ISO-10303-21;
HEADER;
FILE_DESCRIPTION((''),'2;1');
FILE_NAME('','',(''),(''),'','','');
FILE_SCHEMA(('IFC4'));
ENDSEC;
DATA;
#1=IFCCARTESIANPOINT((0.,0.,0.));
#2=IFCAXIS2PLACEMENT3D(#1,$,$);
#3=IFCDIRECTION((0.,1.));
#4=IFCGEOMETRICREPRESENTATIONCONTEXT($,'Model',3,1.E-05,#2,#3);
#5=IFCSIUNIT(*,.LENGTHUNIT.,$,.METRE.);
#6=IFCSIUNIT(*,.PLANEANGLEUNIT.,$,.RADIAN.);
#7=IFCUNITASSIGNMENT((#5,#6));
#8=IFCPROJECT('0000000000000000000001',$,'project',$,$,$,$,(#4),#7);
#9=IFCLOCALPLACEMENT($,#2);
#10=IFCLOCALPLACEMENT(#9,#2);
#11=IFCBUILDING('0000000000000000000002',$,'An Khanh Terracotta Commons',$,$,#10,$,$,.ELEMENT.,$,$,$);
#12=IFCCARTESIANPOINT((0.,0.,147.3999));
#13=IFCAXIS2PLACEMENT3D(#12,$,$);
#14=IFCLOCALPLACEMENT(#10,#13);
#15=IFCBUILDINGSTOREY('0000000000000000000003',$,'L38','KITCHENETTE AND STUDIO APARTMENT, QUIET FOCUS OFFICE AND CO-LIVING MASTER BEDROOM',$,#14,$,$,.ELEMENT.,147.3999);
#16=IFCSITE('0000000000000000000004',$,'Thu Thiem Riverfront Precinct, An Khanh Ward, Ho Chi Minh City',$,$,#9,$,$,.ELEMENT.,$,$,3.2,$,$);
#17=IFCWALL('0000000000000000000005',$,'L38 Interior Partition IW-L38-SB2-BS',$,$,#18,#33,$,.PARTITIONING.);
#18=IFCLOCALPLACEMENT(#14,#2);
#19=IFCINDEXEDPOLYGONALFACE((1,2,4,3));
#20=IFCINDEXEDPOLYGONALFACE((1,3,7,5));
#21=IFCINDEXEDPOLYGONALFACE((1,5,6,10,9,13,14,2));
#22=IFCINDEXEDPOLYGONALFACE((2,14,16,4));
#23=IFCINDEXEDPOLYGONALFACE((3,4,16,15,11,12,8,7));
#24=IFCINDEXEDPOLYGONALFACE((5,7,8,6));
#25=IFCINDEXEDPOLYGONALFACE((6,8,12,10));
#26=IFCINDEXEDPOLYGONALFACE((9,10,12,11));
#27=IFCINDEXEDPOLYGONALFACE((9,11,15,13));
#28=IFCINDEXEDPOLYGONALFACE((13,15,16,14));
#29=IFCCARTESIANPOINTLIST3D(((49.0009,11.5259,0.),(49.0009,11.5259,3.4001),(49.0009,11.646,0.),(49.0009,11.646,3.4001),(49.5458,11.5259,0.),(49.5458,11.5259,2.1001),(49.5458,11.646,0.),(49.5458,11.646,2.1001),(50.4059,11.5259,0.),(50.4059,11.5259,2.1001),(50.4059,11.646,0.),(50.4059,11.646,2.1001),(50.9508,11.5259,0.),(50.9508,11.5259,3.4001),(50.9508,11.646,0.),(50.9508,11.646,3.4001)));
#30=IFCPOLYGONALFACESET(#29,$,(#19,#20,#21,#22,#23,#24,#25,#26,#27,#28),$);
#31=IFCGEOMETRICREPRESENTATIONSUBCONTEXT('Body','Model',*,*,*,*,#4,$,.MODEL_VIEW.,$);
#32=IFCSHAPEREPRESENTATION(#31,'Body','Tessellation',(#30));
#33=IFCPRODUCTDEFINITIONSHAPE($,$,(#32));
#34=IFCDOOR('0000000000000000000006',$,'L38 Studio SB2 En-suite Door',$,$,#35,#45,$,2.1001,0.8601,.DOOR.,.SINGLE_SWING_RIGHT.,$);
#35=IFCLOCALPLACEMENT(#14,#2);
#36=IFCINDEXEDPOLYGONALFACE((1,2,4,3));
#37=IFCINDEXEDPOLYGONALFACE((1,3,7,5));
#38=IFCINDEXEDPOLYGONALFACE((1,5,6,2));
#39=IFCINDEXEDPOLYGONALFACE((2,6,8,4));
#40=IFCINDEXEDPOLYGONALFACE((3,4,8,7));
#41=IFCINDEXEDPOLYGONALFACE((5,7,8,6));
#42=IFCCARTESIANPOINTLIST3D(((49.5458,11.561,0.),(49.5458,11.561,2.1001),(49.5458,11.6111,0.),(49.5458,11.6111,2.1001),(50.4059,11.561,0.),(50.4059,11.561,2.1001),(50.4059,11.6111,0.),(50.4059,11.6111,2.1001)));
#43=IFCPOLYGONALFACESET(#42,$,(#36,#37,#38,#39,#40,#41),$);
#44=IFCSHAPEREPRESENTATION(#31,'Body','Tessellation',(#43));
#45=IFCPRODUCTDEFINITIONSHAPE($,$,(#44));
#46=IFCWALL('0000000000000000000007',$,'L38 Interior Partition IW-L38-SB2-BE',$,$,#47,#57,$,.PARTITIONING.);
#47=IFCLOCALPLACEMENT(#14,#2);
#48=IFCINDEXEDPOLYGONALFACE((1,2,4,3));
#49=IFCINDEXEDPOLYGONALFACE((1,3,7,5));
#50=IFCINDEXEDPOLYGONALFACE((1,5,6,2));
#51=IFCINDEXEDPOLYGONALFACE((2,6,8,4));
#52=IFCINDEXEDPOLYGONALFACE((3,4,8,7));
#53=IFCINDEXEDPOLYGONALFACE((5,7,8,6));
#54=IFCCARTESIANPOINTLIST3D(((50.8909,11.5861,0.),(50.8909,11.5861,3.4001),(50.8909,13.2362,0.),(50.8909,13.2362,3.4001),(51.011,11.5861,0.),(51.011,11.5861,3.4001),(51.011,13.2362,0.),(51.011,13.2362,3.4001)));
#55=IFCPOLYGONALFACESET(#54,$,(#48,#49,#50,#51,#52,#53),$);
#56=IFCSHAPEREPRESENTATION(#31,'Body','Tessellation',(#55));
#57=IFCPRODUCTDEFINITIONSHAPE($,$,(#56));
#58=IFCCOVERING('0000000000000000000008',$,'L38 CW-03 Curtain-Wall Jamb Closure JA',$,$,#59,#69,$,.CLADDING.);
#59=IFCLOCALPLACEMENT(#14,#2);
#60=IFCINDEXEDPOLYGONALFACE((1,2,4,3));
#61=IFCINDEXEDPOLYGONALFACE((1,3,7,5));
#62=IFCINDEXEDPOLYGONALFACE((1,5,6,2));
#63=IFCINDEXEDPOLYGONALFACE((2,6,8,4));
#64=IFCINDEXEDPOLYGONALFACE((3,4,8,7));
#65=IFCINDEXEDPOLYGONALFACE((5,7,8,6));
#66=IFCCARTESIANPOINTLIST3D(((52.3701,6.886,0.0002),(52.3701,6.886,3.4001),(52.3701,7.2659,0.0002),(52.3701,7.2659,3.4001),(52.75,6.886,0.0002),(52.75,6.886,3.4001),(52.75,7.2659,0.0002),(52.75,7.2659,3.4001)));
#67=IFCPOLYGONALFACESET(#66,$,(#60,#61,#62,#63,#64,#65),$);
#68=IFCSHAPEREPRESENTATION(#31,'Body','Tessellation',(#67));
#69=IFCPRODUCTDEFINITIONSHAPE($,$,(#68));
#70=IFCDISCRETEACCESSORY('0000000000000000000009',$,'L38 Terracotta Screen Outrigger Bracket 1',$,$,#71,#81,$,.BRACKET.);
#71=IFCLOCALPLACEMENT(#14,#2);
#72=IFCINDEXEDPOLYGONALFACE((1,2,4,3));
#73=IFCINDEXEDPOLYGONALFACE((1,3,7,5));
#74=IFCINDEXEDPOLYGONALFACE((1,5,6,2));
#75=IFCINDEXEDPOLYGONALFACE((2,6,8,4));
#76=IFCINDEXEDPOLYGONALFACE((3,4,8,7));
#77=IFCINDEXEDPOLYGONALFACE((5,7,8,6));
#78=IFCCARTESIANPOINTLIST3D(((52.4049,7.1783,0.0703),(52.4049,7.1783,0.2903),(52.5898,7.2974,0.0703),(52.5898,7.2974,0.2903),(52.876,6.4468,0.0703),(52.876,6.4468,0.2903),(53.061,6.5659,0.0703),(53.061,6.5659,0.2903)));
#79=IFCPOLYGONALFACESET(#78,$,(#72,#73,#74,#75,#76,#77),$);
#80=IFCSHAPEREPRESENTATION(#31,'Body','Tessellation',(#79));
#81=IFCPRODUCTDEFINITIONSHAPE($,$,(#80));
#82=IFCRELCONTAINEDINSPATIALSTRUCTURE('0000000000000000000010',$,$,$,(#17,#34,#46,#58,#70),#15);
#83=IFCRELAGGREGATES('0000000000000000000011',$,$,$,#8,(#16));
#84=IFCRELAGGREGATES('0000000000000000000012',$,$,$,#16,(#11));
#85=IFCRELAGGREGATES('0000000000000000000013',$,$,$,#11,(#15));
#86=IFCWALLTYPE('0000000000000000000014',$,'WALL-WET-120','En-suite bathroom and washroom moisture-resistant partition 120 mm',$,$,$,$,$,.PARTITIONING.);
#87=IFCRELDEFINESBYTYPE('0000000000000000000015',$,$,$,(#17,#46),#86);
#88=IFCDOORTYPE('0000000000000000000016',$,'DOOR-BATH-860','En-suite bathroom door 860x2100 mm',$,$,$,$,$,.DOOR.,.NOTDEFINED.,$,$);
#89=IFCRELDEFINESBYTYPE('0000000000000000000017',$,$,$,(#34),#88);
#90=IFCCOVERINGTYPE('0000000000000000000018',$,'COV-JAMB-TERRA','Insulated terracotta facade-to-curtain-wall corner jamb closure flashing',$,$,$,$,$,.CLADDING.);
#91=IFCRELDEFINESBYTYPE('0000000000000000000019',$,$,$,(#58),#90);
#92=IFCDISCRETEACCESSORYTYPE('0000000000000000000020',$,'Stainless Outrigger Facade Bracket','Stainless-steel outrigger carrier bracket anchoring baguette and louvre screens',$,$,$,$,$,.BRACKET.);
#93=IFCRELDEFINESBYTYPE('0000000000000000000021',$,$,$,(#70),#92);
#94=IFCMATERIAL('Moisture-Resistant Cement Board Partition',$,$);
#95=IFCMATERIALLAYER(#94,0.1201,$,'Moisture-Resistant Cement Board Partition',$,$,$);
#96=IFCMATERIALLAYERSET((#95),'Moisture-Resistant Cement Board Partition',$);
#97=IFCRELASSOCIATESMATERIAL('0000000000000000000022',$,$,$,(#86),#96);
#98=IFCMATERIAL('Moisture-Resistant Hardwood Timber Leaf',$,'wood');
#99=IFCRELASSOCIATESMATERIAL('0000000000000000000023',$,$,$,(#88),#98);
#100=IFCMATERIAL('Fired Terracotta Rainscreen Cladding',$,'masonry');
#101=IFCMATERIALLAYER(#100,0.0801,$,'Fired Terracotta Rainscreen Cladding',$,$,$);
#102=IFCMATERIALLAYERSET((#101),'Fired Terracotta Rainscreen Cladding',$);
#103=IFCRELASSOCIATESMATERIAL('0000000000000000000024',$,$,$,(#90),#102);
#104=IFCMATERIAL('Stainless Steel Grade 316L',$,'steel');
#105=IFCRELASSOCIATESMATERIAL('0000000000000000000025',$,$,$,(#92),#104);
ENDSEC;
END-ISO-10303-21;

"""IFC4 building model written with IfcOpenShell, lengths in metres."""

from ifc_helpers import new_model, si_unit, direction, frame, frame_2d, origin, origin_2d, place, context, subcontext, project, spatial, rectangle, extrude, material, layer, layer_set, type_object, element, fill, save


model = new_model("IFC4")

# Units and contexts
model_context = context("Model", 3, precision=1e-05, world=origin(), true_north=direction((0.0, 1.0)))
body_context = subcontext(model_context, "Body", "Model", "MODEL_VIEW")
ifc_project = project(units=[si_unit("LENGTHUNIT", "METRE"), si_unit("PLANEANGLEUNIT", "RADIAN")], contexts=[model_context])

# Site, building, storey
site_placement = place(None, origin())
site = spatial("IfcSite", under=ifc_project, at=site_placement, Name="Thu Thiem Riverfront Precinct, An Khanh Ward, Ho Chi Minh City", CompositionType="ELEMENT", RefElevation=3.2)
building_placement = place(site_placement, origin())
building = spatial("IfcBuilding", under=site, at=building_placement, Name="An Khanh Terracotta Commons", CompositionType="ELEMENT")
storey_placement = place(building_placement, frame((0.0, 0.0, 147.3999)))
storey = spatial("IfcBuildingStorey", under=building, at=storey_placement, Name="L38", Description="KITCHENETTE AND STUDIO APARTMENT, QUIET FOCUS OFFICE AND CO-LIVING MASTER BEDROOM", CompositionType="ELEMENT", Elevation=147.3999)

# Wall, opening, door
ifc_material_1 = material(Name="Moisture-Resistant Cement Board Partition")
ifc_layer_1 = layer(ifc_material_1, 0.1201, Name="Moisture-Resistant Cement Board Partition")
ifc_layer_set_1 = layer_set([ifc_layer_1], Name="Moisture-Resistant Cement Board Partition")
wall_type_1 = type_object("IfcWallType", Name="WALL-WET-120", Description="En-suite bathroom and washroom moisture-resistant partition 120 mm", PredefinedType="PARTITIONING", material=ifc_layer_set_1)
wall_1_placement = place(storey_placement, frame((50.9509, 11.5859, 0.0), z_axis=(0.0, 0.0, 1.0), x_axis=(-1.0, 0.0, 0.0)))
wall_1 = element("IfcWall", 1, at=wall_1_placement, inside=storey, type_object=wall_type_1, Name="L38 Interior Partition IW-L38-SB2-BS", PredefinedType="PARTITIONING", context=body_context, shape_type="SweptSolid", body=[
    extrude(rectangle(XDim=1.95, YDim=0.1201, at=frame_2d((0.9751, 0.0))), origin(), (0.0, 0.0, 1.0), 3.4001),
])
opening_1_placement = place(wall_1_placement, frame((0.5449, 0.0, 0.0)))
opening_1 = element("IfcOpeningElement", 2, at=opening_1_placement, cuts=wall_1, PredefinedType="OPENING", context=body_context, shape_type="SweptSolid", body=[
    extrude(rectangle(XDim=0.8601, YDim=2.1001, at=frame_2d((0.4302, 1.05))), frame((0.0, 0.0701, 0.0), z_axis=(0.0, -1.0, 0.0), x_axis=(1.0, 0.0, 0.0)), (0.0, 0.0, 1.0), 0.1401),
])
ifc_material_2 = material(Name="Moisture-Resistant Hardwood Timber Leaf", Category="wood")
door_type_1 = type_object("IfcDoorType", Name="DOOR-BATH-860", Description="En-suite bathroom door 860x2100 mm", OperationType="NOTDEFINED", PredefinedType="DOOR", material=ifc_material_2)
door_1_placement = place(opening_1_placement, origin())
door_1 = element("IfcDoor", 3, at=door_1_placement, inside=storey, type_object=door_type_1, Name="L38 Studio SB2 En-suite Door", OperationType="SINGLE_SWING_RIGHT", OverallHeight=2.1001, OverallWidth=0.8601, PredefinedType="DOOR", context=body_context, shape_type="SweptSolid", body=[
    extrude(rectangle(XDim=0.8601, YDim=2.1001, at=frame_2d((0.4302, 1.05))), frame((0.0, 0.0249, 0.0), z_axis=(0.0, -1.0, 0.0), x_axis=(1.0, 0.0, 0.0)), (0.0, 0.0, 1.0), 0.05),
])
fill(opening_1, door_1)

# Wall
wall_2_placement = place(storey_placement, frame((50.9509, 11.5859, 0.0), z_axis=(0.0, 0.0, 1.0), x_axis=(0.0, 1.0, 0.0)))
element("IfcWall", 4, at=wall_2_placement, inside=storey, type_object=wall_type_1, Name="L38 Interior Partition IW-L38-SB2-BE", PredefinedType="PARTITIONING", context=body_context, shape_type="SweptSolid", body=[
    extrude(rectangle(XDim=1.6501, YDim=0.1201, at=frame_2d((0.8252, 0.0))), origin(), (0.0, 0.0, 1.0), 3.4001),
])

# Covering
ifc_material_3 = material(Name="Fired Terracotta Rainscreen Cladding", Category="masonry")
ifc_layer_2 = layer(ifc_material_3, 0.0801, Name="Fired Terracotta Rainscreen Cladding")
ifc_layer_set_2 = layer_set([ifc_layer_2], Name="Fired Terracotta Rainscreen Cladding")
covering_type = type_object("IfcCoveringType", Name="COV-JAMB-TERRA", Description="Insulated terracotta facade-to-curtain-wall corner jamb closure flashing", PredefinedType="CLADDING", material=ifc_layer_set_2)
covering_placement = place(storey_placement, frame((52.5601, 7.0759, 0.0002), z_axis=(0.0, 0.0, 1.0), x_axis=(1.0, 0.0, 0.0)))
element("IfcCovering", 5, at=covering_placement, inside=storey, type_object=covering_type, Name="L38 CW-03 Curtain-Wall Jamb Closure JA", PredefinedType="CLADDING", context=body_context, shape_type="SweptSolid", body=[
    extrude(rectangle(XDim=0.3799, YDim=0.3799, at=origin_2d()), origin(), (0.0, 0.0, 1.0), 3.3999),
])

# Discrete accessory
ifc_material_4 = material(Name="Stainless Steel Grade 316L", Category="steel")
discrete_accessory_type = type_object("IfcDiscreteAccessoryType", Name="Stainless Outrigger Facade Bracket", Description="Stainless-steel outrigger carrier bracket anchoring baguette and louvre screens", PredefinedType="BRACKET", material=ifc_material_4)
discrete_accessory_placement = place(storey_placement, frame((52.7329, 6.8721, 0.0703), z_axis=(0.0, 0.0, 1.0), x_axis=(0.840702, 0.541498, 0.0)))
element("IfcDiscreteAccessory", 6, at=discrete_accessory_placement, inside=storey, type_object=discrete_accessory_type, Name="L38 Terracotta Screen Outrigger Bracket 1", PredefinedType="BRACKET", context=body_context, shape_type="SweptSolid", body=[
    extrude(rectangle(XDim=0.22, YDim=0.8701, at=origin_2d()), origin(), (0.0, 0.0, 1.0), 0.22),
])

save(model, "model.ifc")
